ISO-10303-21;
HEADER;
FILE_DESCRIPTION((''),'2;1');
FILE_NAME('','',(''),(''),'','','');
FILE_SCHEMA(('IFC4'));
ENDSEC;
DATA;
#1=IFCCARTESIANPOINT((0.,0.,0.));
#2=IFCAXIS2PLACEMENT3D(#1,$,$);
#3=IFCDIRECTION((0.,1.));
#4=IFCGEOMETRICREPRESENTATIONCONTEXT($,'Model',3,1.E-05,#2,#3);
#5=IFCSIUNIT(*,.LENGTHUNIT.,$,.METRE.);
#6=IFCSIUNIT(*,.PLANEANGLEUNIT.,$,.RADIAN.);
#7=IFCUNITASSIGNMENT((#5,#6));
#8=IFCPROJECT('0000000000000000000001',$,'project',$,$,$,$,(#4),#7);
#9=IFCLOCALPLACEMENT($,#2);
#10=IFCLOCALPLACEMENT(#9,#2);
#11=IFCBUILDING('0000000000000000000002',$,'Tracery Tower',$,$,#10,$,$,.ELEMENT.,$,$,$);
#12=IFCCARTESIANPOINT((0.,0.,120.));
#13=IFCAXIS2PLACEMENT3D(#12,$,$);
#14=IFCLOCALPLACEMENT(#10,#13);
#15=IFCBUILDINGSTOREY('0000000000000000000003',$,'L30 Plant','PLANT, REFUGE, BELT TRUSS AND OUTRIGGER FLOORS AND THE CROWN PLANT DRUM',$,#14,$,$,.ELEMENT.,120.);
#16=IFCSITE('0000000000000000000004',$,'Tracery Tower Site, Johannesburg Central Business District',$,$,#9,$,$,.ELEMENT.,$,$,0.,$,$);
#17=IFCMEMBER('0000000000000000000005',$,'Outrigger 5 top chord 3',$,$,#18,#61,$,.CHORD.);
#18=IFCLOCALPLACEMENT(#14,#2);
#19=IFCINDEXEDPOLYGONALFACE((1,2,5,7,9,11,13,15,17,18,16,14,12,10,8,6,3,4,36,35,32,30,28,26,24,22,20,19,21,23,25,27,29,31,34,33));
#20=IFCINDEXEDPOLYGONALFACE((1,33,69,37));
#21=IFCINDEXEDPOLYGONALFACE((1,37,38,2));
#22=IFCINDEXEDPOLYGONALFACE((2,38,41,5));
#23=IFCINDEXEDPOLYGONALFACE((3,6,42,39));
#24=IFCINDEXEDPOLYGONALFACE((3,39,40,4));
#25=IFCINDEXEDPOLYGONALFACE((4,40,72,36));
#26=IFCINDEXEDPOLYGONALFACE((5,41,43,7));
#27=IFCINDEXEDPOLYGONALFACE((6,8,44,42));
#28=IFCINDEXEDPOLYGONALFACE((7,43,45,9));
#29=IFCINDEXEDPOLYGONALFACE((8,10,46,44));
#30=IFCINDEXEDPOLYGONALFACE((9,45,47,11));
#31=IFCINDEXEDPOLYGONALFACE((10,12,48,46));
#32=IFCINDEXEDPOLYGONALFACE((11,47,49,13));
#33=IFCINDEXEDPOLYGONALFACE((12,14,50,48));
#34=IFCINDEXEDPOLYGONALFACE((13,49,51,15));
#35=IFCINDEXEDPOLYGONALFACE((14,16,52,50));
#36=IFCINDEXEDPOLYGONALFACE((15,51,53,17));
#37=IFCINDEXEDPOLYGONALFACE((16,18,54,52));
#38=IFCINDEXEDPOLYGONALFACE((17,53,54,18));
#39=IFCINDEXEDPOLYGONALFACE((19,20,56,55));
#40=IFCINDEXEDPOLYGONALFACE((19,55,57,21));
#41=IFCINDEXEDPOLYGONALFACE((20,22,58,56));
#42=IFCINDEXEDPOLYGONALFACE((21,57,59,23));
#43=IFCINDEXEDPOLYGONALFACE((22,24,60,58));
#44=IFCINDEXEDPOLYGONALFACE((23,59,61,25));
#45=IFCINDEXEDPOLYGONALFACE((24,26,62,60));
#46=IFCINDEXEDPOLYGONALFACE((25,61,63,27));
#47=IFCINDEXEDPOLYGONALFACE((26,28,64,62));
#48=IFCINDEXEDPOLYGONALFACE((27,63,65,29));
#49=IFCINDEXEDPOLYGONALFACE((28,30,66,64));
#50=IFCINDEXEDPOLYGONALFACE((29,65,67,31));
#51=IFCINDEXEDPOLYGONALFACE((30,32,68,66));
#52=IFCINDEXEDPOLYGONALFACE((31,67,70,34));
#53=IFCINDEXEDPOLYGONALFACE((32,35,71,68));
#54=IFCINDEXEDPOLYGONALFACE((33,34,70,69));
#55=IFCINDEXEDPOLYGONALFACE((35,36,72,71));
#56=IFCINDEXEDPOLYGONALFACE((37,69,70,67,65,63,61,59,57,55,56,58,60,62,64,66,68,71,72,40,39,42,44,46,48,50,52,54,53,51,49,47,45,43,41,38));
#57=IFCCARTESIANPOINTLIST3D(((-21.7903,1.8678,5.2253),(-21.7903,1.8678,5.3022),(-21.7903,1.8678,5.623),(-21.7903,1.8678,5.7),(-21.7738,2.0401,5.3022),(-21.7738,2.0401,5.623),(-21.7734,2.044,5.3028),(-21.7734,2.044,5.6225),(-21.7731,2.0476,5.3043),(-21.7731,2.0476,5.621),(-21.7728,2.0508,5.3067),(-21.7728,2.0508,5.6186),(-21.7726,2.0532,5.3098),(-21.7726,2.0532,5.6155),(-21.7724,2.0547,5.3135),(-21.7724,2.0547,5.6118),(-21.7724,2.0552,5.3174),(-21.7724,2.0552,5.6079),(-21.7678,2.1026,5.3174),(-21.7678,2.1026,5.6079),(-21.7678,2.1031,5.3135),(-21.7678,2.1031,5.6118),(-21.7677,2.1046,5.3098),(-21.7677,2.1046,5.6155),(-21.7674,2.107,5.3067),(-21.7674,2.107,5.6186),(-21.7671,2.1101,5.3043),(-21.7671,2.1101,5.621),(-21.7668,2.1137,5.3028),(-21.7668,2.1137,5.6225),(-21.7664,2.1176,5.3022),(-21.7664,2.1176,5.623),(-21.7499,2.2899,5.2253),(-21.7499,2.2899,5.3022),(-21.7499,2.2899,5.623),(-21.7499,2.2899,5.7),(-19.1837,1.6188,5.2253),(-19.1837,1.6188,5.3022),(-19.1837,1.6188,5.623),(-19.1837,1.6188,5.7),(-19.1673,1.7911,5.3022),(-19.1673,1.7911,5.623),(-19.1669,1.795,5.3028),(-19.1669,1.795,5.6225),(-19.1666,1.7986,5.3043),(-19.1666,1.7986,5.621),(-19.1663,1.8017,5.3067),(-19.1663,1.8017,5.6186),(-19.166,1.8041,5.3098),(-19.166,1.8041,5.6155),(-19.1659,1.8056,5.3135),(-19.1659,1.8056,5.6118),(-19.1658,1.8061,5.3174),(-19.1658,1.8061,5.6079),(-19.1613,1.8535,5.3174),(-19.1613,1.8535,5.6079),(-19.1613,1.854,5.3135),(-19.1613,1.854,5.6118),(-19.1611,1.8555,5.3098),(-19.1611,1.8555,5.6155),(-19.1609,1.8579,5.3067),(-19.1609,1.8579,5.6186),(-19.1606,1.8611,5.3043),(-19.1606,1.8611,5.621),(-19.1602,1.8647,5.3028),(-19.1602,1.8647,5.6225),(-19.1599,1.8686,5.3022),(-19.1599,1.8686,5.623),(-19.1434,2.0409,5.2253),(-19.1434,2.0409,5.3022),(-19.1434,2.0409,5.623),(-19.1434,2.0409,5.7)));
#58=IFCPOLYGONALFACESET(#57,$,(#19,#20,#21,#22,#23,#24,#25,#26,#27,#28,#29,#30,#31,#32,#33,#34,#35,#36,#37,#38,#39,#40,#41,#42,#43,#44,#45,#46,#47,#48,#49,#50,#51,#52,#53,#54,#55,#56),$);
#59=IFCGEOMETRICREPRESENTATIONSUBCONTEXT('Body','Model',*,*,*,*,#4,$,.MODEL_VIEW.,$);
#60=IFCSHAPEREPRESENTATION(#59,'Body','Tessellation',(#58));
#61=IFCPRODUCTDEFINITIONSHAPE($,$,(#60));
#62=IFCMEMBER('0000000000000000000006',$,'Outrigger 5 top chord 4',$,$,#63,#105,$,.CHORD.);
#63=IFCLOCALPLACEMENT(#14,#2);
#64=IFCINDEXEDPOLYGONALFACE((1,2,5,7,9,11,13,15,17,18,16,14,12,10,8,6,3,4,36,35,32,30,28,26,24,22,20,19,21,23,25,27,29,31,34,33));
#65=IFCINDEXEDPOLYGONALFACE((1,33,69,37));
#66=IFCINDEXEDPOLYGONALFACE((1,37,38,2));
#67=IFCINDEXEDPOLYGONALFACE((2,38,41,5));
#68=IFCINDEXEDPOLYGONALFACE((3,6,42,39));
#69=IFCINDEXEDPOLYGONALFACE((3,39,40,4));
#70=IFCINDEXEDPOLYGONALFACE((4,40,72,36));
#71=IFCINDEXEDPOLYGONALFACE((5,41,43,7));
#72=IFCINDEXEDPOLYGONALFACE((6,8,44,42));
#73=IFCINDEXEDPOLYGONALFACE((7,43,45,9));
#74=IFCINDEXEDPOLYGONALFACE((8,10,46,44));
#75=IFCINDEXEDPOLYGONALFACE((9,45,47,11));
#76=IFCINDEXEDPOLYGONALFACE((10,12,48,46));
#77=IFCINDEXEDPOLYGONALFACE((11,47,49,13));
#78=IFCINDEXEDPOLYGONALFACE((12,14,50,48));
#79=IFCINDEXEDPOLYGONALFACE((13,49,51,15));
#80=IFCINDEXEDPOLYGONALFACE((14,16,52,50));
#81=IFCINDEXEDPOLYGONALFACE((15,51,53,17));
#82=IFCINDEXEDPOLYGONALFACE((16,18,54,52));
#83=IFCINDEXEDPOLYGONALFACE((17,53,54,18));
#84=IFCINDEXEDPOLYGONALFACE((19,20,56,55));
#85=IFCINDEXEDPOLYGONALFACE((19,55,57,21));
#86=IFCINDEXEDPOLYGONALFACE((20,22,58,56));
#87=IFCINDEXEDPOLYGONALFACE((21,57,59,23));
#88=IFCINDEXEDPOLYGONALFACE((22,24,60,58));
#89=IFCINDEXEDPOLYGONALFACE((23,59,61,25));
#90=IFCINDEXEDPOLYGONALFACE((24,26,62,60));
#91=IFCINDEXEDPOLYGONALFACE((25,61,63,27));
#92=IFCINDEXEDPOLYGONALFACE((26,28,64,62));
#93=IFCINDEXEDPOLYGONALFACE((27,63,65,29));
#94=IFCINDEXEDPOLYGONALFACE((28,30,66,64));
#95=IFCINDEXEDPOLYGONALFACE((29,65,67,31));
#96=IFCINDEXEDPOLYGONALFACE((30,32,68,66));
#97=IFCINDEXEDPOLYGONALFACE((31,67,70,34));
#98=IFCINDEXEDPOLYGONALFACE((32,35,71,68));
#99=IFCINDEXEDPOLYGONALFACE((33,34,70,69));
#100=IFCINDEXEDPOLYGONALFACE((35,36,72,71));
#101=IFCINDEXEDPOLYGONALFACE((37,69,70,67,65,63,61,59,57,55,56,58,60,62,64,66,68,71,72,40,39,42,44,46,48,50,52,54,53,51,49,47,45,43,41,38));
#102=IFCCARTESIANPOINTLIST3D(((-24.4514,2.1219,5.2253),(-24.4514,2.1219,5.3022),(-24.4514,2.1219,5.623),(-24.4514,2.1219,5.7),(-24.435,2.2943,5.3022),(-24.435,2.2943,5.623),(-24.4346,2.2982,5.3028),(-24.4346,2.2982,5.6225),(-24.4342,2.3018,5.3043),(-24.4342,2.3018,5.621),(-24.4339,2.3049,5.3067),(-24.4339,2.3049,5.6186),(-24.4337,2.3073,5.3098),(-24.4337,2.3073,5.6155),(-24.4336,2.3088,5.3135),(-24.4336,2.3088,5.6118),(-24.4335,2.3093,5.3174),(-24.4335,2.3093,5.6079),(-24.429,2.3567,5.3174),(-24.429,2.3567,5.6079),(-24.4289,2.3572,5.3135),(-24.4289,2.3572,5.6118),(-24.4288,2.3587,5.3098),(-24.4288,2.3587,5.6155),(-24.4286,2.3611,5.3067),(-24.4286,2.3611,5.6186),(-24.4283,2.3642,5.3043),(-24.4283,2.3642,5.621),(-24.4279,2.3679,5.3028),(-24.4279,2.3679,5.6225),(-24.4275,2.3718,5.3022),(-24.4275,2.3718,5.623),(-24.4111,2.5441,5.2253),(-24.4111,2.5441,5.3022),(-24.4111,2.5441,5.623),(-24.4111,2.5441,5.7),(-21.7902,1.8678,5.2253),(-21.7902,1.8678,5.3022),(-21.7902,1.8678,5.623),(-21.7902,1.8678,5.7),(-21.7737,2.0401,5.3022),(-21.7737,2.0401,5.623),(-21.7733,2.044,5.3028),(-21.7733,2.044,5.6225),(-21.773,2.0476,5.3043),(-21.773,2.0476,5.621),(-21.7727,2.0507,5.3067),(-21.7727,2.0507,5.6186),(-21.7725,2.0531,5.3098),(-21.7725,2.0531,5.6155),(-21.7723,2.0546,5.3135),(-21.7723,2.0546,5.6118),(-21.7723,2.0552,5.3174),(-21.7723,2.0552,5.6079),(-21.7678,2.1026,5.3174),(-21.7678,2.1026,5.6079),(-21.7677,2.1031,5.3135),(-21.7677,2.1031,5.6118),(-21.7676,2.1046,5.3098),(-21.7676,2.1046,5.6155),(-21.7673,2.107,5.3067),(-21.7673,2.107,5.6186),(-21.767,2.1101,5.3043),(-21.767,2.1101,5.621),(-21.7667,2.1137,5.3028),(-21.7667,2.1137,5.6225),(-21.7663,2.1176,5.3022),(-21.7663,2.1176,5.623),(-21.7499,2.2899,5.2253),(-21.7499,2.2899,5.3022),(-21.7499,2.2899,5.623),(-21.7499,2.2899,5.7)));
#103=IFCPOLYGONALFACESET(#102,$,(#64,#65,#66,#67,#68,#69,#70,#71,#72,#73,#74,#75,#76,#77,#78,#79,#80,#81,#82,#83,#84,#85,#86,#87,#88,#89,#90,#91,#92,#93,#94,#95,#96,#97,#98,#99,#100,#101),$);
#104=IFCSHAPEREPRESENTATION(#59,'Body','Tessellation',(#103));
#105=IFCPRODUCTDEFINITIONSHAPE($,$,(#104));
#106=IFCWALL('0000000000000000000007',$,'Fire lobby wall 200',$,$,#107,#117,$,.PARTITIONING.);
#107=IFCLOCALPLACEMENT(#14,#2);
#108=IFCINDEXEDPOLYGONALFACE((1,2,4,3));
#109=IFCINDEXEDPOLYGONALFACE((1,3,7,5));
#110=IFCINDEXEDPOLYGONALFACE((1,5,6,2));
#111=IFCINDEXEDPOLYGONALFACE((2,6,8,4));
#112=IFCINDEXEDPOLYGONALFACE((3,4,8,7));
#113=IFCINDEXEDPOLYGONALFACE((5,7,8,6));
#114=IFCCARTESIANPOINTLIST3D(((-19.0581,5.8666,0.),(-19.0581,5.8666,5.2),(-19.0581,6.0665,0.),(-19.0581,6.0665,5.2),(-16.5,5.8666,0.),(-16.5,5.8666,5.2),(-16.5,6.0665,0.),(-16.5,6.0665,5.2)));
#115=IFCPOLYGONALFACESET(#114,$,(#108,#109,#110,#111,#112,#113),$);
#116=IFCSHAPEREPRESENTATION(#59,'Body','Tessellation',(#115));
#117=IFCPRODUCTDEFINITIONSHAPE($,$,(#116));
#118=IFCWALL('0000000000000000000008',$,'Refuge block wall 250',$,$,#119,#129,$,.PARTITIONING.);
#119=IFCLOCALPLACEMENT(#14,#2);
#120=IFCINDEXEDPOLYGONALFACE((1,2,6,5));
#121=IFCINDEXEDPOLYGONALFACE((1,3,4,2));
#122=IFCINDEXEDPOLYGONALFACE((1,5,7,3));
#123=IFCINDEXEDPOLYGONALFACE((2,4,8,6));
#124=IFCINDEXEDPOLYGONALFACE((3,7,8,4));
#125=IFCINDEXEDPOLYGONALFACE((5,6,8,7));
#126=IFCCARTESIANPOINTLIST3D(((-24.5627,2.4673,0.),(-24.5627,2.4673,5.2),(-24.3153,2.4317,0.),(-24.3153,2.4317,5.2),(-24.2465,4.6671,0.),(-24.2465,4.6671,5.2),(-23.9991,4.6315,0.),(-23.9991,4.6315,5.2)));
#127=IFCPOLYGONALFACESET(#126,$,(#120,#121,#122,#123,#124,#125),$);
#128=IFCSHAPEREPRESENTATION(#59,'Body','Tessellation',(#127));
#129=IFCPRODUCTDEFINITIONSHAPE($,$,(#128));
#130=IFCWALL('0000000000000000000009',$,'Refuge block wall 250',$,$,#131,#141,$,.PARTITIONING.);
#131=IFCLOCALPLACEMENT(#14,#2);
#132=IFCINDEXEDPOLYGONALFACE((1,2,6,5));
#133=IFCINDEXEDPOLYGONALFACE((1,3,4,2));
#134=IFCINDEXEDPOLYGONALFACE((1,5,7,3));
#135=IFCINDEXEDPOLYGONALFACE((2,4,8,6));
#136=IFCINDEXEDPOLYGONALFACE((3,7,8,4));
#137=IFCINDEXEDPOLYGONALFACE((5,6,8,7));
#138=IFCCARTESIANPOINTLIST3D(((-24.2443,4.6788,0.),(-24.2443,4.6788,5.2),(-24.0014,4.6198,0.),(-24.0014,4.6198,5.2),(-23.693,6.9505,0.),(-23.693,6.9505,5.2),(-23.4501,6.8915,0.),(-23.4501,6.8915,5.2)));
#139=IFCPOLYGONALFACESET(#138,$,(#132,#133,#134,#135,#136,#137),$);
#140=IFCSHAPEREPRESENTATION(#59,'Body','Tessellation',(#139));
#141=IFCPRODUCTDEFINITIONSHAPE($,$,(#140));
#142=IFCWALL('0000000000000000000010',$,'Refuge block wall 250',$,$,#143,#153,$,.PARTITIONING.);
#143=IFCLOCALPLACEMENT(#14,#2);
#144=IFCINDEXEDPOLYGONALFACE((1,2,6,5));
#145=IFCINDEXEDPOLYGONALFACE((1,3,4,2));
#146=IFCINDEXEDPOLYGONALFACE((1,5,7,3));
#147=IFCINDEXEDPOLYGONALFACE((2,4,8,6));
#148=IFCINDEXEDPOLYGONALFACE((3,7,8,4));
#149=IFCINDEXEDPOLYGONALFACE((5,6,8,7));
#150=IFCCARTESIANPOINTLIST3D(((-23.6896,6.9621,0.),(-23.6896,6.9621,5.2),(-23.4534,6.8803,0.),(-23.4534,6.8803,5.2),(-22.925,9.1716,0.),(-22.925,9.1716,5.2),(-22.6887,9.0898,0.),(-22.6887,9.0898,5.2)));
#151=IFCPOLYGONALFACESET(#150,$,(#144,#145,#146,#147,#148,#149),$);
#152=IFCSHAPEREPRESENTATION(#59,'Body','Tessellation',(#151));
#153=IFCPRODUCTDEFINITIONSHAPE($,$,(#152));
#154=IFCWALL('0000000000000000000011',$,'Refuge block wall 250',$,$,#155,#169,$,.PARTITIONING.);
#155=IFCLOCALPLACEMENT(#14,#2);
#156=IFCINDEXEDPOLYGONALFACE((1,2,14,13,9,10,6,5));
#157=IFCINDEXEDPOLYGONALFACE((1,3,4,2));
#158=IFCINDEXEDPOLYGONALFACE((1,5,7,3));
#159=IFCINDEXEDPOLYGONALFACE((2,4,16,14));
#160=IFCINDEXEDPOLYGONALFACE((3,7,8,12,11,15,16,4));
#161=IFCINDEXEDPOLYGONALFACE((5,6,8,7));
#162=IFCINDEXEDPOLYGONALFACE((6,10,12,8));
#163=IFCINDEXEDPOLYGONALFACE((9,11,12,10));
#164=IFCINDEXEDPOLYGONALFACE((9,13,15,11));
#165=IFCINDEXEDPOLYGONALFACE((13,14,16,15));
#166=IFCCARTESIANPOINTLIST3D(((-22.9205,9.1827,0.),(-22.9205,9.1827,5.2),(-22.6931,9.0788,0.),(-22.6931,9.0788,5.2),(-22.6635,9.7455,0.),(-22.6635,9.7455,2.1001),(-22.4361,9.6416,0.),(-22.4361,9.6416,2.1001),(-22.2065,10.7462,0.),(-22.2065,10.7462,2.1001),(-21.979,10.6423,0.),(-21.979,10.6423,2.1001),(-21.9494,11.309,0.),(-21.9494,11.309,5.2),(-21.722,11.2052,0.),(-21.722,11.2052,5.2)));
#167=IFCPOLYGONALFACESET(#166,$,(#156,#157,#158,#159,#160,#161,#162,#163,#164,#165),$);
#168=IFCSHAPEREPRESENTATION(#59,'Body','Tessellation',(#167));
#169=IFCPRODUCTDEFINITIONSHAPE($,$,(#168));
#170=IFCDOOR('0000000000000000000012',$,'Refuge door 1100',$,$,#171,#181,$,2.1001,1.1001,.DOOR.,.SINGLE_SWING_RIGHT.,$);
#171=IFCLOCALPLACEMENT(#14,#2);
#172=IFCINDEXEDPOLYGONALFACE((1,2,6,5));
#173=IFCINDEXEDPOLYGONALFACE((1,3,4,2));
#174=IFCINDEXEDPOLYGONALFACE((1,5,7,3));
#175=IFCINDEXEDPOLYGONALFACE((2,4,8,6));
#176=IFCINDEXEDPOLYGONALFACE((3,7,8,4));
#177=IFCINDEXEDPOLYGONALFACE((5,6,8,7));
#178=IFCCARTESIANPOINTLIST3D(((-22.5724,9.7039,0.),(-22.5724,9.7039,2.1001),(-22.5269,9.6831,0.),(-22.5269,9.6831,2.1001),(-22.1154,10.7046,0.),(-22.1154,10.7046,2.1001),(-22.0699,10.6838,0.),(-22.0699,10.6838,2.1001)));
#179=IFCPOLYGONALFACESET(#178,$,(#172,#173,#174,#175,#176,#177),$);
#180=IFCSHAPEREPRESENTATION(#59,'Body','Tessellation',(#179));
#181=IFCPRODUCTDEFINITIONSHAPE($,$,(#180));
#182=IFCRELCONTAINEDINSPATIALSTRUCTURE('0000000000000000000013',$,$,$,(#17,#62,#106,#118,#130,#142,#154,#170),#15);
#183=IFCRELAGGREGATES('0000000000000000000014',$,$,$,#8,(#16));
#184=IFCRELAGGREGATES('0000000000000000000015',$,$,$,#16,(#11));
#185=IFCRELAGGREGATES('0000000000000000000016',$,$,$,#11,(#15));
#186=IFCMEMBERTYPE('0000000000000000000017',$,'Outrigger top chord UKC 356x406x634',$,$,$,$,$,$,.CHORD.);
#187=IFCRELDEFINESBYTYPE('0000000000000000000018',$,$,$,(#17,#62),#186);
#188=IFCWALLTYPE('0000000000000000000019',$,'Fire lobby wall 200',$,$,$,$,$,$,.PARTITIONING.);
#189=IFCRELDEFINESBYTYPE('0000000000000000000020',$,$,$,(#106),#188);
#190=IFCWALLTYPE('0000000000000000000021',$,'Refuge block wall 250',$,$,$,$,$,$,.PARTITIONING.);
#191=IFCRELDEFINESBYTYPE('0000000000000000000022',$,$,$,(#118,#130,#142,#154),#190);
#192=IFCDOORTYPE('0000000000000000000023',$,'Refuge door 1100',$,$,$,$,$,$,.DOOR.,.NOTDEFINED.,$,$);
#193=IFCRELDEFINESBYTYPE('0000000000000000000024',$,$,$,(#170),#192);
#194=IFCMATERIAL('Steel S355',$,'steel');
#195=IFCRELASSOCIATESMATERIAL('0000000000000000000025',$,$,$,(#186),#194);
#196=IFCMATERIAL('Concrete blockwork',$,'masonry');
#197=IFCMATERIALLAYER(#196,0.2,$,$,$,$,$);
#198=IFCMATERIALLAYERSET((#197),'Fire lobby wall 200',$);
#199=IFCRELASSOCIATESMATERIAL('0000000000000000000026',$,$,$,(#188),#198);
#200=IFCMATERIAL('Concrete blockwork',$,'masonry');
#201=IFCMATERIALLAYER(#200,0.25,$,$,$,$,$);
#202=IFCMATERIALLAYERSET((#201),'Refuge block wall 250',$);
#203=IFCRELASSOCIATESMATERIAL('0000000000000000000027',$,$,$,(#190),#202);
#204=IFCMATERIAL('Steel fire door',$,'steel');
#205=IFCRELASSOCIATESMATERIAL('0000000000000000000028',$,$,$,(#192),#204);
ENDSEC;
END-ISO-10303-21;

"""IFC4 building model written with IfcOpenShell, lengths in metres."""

from ifc_helpers import new_model, si_unit, direction, frame, frame_2d, origin, origin_2d, place, context, subcontext, project, spatial, rectangle, i_section, extrude, material, layer, layer_set, material_profile, profile_set, type_object, element, fill, save


model = new_model("IFC4")

# Units and contexts
model_context = context("Model", 3, precision=1e-05, world=origin(), true_north=direction((0.0, 1.0)))
body_context = subcontext(model_context, "Body", "Model", "MODEL_VIEW")
ifc_project = project(units=[si_unit("LENGTHUNIT", "METRE"), si_unit("PLANEANGLEUNIT", "RADIAN")], contexts=[model_context])

# Site, building, storey
site_placement = place(None, origin())
site = spatial("IfcSite", under=ifc_project, at=site_placement, Name="Tracery Tower Site, Johannesburg Central Business District", CompositionType="ELEMENT", RefElevation=0.0)
building_placement = place(site_placement, origin())
building = spatial("IfcBuilding", under=site, at=building_placement, Name="Tracery Tower", CompositionType="ELEMENT")
storey_placement = place(building_placement, frame((0.0, 0.0, 120.0)))
storey = spatial("IfcBuildingStorey", under=building, at=storey_placement, Name="L30 Plant", Description="PLANT, REFUGE, BELT TRUSS AND OUTRIGGER FLOORS AND THE CROWN PLANT DRUM", CompositionType="ELEMENT", Elevation=120.0)

# Members
ifc_material_1 = material(Name="Steel S355", Category="steel")
ifc_material_profile_1 = material_profile(ifc_material_1, i_section(OverallWidth=0.4241, OverallDepth=0.4746, WebThickness=0.0476, FlangeThickness=0.0769, FilletRadius=0.0151, at=origin_2d()), Name="UKC 356x406x634")
ifc_profile_set_1 = profile_set([ifc_material_profile_1], Name="Steel S355")
member_type_1 = type_object("IfcMemberType", Name="Outrigger top chord UKC 356x406x634", PredefinedType="CHORD", material=ifc_profile_set_1)
member_1_placement = place(storey_placement, frame((-19.1636, 1.8298, 5.4626), z_axis=(-0.995467, 0.095108, 0.0), x_axis=(-0.095108, -0.995467, 0.0)))
element("IfcMember", 1, at=member_1_placement, inside=storey, type_object=member_type_1, Name="Outrigger 5 top chord 3", PredefinedType="CHORD", context=body_context, shape_type="SweptSolid", body=[
    extrude(i_section(OverallWidth=0.4241, OverallDepth=0.4746, WebThickness=0.0476, FlangeThickness=0.0769, FilletRadius=0.0151, at=origin_2d()), origin(), (0.0, 0.0, 1.0), 2.6184),
])
member_2_placement = place(storey_placement, frame((-21.77, 2.0789, 5.4626), z_axis=(-0.99547, 0.095072, 0.0), x_axis=(-0.095072, -0.99547, 0.0)))
element("IfcMember", 2, at=member_2_placement, inside=storey, type_object=member_type_1, Name="Outrigger 5 top chord 4", PredefinedType="CHORD", context=body_context, shape_type="SweptSolid", body=[
    extrude(i_section(OverallWidth=0.4241, OverallDepth=0.4746, WebThickness=0.0476, FlangeThickness=0.0769, FilletRadius=0.0151, at=origin_2d()), origin(), (0.0, 0.0, 1.0), 2.6733),
])

# Wall
ifc_material_2 = material(Name="Concrete blockwork", Category="masonry")
ifc_layer_1 = layer(ifc_material_2, 0.2)
ifc_layer_set_1 = layer_set([ifc_layer_1], Name="Fire lobby wall 200")
wall_type_1 = type_object("IfcWallType", Name="Fire lobby wall 200", PredefinedType="PARTITIONING", material=ifc_layer_set_1)
wall_1_placement = place(storey_placement, frame((-19.0581, 5.9666, 0.0), z_axis=(0.0, 0.0, 1.0), x_axis=(1.0, 0.0, 0.0)))
element("IfcWall", 3, at=wall_1_placement, inside=storey, type_object=wall_type_1, Name="Fire lobby wall 200", PredefinedType="PARTITIONING", context=body_context, shape_type="SweptSolid", body=[
    extrude(rectangle(XDim=2.5581, YDim=0.2, at=frame_2d((1.2791, 0.0))), origin(), (0.0, 0.0, 1.0), 5.2),
])

# Walls
ifc_material_3 = material(Name="Concrete blockwork", Category="masonry")
ifc_layer_2 = layer(ifc_material_3, 0.25)
ifc_layer_set_2 = layer_set([ifc_layer_2], Name="Refuge block wall 250")
wall_type_2 = type_object("IfcWallType", Name="Refuge block wall 250", PredefinedType="PARTITIONING", material=ifc_layer_set_2)
wall_2_placement = place(storey_placement, frame((-24.1228, 4.6494, 0.0), z_axis=(0.0, 0.0, 1.0), x_axis=(-0.142267, -0.989828, 0.0)))
element("IfcWall", 4, at=wall_2_placement, inside=storey, type_object=wall_type_2, Name="Refuge block wall 250", PredefinedType="PARTITIONING", context=body_context, shape_type="SweptSolid", body=[
    extrude(rectangle(XDim=2.2224, YDim=0.25, at=frame_2d((1.1113, 0.0))), origin(), (0.0, 0.0, 1.0), 5.2),
])
wall_3_placement = place(storey_placement, frame((-23.5715, 6.9211, 0.0), z_axis=(0.0, 0.0, 1.0), x_axis=(-0.235821, -0.971796, 0.0)))
element("IfcWall", 5, at=wall_3_placement, inside=storey, type_object=wall_type_2, Name="Refuge block wall 250", PredefinedType="PARTITIONING", context=body_context, shape_type="SweptSolid", body=[
    extrude(rectangle(XDim=2.3376, YDim=0.25, at=frame_2d((1.1689, 0.0))), origin(), (0.0, 0.0, 1.0), 5.2),
])
wall_4_placement = place(storey_placement, frame((-22.8069, 9.1306, 0.0), z_axis=(0.0, 0.0, 1.0), x_axis=(-0.327046, -0.945008, 0.0)))
element("IfcWall", 6, at=wall_4_placement, inside=storey, type_object=wall_type_2, Name="Refuge block wall 250", PredefinedType="PARTITIONING", context=body_context, shape_type="SweptSolid", body=[
    extrude(rectangle(XDim=2.3381, YDim=0.25, at=frame_2d((1.1689, 0.0))), origin(), (0.0, 0.0, 1.0), 5.2),
])

# Wall, opening, door
wall_5_placement = place(storey_placement, frame((-22.8069, 9.1306, 0.0), z_axis=(0.0, 0.0, 1.0), x_axis=(0.415439, 0.909621, 0.0)))
wall_5 = element("IfcWall", 7, at=wall_5_placement, inside=storey, type_object=wall_type_2, Name="Refuge block wall 250", PredefinedType="PARTITIONING", context=body_context, shape_type="SweptSolid", body=[
    extrude(rectangle(XDim=2.3376, YDim=0.25, at=frame_2d((1.1689, 0.0))), origin(), (0.0, 0.0, 1.0), 5.2),
])
opening_1_placement = place(wall_5_placement, frame((0.6189, 0.0, 0.0)))
opening_1 = element("IfcOpeningElement", 8, at=opening_1_placement, cuts=wall_5, PredefinedType="OPENING", context=body_context, shape_type="SweptSolid", body=[
    extrude(rectangle(XDim=1.1001, YDim=2.1001, at=frame_2d((0.55, 1.05))), frame((0.0, 0.125, 0.0), z_axis=(0.0, -1.0, 0.0), x_axis=(1.0, 0.0, 0.0)), (0.0, 0.0, 1.0), 0.25),
])
ifc_material_4 = material(Name="Steel fire door", Category="steel")
door_type_1 = type_object("IfcDoorType", Name="Refuge door 1100", OperationType="NOTDEFINED", PredefinedType="DOOR", material=ifc_material_4)
door_1_placement = place(opening_1_placement, origin())
door_1 = element("IfcDoor", 9, at=door_1_placement, inside=storey, type_object=door_type_1, Name="Refuge door 1100", OperationType="SINGLE_SWING_RIGHT", OverallHeight=2.1001, OverallWidth=1.1001, PredefinedType="DOOR", context=body_context, shape_type="SweptSolid", body=[
    extrude(rectangle(XDim=1.1001, YDim=2.1001, at=frame_2d((0.55, 1.05))), frame((0.0, 0.0249, 0.0), z_axis=(0.0, -1.0, 0.0), x_axis=(1.0, 0.0, 0.0)), (0.0, 0.0, 1.0), 0.05),
])
fill(opening_1, door_1)

save(model, "model.ifc")
